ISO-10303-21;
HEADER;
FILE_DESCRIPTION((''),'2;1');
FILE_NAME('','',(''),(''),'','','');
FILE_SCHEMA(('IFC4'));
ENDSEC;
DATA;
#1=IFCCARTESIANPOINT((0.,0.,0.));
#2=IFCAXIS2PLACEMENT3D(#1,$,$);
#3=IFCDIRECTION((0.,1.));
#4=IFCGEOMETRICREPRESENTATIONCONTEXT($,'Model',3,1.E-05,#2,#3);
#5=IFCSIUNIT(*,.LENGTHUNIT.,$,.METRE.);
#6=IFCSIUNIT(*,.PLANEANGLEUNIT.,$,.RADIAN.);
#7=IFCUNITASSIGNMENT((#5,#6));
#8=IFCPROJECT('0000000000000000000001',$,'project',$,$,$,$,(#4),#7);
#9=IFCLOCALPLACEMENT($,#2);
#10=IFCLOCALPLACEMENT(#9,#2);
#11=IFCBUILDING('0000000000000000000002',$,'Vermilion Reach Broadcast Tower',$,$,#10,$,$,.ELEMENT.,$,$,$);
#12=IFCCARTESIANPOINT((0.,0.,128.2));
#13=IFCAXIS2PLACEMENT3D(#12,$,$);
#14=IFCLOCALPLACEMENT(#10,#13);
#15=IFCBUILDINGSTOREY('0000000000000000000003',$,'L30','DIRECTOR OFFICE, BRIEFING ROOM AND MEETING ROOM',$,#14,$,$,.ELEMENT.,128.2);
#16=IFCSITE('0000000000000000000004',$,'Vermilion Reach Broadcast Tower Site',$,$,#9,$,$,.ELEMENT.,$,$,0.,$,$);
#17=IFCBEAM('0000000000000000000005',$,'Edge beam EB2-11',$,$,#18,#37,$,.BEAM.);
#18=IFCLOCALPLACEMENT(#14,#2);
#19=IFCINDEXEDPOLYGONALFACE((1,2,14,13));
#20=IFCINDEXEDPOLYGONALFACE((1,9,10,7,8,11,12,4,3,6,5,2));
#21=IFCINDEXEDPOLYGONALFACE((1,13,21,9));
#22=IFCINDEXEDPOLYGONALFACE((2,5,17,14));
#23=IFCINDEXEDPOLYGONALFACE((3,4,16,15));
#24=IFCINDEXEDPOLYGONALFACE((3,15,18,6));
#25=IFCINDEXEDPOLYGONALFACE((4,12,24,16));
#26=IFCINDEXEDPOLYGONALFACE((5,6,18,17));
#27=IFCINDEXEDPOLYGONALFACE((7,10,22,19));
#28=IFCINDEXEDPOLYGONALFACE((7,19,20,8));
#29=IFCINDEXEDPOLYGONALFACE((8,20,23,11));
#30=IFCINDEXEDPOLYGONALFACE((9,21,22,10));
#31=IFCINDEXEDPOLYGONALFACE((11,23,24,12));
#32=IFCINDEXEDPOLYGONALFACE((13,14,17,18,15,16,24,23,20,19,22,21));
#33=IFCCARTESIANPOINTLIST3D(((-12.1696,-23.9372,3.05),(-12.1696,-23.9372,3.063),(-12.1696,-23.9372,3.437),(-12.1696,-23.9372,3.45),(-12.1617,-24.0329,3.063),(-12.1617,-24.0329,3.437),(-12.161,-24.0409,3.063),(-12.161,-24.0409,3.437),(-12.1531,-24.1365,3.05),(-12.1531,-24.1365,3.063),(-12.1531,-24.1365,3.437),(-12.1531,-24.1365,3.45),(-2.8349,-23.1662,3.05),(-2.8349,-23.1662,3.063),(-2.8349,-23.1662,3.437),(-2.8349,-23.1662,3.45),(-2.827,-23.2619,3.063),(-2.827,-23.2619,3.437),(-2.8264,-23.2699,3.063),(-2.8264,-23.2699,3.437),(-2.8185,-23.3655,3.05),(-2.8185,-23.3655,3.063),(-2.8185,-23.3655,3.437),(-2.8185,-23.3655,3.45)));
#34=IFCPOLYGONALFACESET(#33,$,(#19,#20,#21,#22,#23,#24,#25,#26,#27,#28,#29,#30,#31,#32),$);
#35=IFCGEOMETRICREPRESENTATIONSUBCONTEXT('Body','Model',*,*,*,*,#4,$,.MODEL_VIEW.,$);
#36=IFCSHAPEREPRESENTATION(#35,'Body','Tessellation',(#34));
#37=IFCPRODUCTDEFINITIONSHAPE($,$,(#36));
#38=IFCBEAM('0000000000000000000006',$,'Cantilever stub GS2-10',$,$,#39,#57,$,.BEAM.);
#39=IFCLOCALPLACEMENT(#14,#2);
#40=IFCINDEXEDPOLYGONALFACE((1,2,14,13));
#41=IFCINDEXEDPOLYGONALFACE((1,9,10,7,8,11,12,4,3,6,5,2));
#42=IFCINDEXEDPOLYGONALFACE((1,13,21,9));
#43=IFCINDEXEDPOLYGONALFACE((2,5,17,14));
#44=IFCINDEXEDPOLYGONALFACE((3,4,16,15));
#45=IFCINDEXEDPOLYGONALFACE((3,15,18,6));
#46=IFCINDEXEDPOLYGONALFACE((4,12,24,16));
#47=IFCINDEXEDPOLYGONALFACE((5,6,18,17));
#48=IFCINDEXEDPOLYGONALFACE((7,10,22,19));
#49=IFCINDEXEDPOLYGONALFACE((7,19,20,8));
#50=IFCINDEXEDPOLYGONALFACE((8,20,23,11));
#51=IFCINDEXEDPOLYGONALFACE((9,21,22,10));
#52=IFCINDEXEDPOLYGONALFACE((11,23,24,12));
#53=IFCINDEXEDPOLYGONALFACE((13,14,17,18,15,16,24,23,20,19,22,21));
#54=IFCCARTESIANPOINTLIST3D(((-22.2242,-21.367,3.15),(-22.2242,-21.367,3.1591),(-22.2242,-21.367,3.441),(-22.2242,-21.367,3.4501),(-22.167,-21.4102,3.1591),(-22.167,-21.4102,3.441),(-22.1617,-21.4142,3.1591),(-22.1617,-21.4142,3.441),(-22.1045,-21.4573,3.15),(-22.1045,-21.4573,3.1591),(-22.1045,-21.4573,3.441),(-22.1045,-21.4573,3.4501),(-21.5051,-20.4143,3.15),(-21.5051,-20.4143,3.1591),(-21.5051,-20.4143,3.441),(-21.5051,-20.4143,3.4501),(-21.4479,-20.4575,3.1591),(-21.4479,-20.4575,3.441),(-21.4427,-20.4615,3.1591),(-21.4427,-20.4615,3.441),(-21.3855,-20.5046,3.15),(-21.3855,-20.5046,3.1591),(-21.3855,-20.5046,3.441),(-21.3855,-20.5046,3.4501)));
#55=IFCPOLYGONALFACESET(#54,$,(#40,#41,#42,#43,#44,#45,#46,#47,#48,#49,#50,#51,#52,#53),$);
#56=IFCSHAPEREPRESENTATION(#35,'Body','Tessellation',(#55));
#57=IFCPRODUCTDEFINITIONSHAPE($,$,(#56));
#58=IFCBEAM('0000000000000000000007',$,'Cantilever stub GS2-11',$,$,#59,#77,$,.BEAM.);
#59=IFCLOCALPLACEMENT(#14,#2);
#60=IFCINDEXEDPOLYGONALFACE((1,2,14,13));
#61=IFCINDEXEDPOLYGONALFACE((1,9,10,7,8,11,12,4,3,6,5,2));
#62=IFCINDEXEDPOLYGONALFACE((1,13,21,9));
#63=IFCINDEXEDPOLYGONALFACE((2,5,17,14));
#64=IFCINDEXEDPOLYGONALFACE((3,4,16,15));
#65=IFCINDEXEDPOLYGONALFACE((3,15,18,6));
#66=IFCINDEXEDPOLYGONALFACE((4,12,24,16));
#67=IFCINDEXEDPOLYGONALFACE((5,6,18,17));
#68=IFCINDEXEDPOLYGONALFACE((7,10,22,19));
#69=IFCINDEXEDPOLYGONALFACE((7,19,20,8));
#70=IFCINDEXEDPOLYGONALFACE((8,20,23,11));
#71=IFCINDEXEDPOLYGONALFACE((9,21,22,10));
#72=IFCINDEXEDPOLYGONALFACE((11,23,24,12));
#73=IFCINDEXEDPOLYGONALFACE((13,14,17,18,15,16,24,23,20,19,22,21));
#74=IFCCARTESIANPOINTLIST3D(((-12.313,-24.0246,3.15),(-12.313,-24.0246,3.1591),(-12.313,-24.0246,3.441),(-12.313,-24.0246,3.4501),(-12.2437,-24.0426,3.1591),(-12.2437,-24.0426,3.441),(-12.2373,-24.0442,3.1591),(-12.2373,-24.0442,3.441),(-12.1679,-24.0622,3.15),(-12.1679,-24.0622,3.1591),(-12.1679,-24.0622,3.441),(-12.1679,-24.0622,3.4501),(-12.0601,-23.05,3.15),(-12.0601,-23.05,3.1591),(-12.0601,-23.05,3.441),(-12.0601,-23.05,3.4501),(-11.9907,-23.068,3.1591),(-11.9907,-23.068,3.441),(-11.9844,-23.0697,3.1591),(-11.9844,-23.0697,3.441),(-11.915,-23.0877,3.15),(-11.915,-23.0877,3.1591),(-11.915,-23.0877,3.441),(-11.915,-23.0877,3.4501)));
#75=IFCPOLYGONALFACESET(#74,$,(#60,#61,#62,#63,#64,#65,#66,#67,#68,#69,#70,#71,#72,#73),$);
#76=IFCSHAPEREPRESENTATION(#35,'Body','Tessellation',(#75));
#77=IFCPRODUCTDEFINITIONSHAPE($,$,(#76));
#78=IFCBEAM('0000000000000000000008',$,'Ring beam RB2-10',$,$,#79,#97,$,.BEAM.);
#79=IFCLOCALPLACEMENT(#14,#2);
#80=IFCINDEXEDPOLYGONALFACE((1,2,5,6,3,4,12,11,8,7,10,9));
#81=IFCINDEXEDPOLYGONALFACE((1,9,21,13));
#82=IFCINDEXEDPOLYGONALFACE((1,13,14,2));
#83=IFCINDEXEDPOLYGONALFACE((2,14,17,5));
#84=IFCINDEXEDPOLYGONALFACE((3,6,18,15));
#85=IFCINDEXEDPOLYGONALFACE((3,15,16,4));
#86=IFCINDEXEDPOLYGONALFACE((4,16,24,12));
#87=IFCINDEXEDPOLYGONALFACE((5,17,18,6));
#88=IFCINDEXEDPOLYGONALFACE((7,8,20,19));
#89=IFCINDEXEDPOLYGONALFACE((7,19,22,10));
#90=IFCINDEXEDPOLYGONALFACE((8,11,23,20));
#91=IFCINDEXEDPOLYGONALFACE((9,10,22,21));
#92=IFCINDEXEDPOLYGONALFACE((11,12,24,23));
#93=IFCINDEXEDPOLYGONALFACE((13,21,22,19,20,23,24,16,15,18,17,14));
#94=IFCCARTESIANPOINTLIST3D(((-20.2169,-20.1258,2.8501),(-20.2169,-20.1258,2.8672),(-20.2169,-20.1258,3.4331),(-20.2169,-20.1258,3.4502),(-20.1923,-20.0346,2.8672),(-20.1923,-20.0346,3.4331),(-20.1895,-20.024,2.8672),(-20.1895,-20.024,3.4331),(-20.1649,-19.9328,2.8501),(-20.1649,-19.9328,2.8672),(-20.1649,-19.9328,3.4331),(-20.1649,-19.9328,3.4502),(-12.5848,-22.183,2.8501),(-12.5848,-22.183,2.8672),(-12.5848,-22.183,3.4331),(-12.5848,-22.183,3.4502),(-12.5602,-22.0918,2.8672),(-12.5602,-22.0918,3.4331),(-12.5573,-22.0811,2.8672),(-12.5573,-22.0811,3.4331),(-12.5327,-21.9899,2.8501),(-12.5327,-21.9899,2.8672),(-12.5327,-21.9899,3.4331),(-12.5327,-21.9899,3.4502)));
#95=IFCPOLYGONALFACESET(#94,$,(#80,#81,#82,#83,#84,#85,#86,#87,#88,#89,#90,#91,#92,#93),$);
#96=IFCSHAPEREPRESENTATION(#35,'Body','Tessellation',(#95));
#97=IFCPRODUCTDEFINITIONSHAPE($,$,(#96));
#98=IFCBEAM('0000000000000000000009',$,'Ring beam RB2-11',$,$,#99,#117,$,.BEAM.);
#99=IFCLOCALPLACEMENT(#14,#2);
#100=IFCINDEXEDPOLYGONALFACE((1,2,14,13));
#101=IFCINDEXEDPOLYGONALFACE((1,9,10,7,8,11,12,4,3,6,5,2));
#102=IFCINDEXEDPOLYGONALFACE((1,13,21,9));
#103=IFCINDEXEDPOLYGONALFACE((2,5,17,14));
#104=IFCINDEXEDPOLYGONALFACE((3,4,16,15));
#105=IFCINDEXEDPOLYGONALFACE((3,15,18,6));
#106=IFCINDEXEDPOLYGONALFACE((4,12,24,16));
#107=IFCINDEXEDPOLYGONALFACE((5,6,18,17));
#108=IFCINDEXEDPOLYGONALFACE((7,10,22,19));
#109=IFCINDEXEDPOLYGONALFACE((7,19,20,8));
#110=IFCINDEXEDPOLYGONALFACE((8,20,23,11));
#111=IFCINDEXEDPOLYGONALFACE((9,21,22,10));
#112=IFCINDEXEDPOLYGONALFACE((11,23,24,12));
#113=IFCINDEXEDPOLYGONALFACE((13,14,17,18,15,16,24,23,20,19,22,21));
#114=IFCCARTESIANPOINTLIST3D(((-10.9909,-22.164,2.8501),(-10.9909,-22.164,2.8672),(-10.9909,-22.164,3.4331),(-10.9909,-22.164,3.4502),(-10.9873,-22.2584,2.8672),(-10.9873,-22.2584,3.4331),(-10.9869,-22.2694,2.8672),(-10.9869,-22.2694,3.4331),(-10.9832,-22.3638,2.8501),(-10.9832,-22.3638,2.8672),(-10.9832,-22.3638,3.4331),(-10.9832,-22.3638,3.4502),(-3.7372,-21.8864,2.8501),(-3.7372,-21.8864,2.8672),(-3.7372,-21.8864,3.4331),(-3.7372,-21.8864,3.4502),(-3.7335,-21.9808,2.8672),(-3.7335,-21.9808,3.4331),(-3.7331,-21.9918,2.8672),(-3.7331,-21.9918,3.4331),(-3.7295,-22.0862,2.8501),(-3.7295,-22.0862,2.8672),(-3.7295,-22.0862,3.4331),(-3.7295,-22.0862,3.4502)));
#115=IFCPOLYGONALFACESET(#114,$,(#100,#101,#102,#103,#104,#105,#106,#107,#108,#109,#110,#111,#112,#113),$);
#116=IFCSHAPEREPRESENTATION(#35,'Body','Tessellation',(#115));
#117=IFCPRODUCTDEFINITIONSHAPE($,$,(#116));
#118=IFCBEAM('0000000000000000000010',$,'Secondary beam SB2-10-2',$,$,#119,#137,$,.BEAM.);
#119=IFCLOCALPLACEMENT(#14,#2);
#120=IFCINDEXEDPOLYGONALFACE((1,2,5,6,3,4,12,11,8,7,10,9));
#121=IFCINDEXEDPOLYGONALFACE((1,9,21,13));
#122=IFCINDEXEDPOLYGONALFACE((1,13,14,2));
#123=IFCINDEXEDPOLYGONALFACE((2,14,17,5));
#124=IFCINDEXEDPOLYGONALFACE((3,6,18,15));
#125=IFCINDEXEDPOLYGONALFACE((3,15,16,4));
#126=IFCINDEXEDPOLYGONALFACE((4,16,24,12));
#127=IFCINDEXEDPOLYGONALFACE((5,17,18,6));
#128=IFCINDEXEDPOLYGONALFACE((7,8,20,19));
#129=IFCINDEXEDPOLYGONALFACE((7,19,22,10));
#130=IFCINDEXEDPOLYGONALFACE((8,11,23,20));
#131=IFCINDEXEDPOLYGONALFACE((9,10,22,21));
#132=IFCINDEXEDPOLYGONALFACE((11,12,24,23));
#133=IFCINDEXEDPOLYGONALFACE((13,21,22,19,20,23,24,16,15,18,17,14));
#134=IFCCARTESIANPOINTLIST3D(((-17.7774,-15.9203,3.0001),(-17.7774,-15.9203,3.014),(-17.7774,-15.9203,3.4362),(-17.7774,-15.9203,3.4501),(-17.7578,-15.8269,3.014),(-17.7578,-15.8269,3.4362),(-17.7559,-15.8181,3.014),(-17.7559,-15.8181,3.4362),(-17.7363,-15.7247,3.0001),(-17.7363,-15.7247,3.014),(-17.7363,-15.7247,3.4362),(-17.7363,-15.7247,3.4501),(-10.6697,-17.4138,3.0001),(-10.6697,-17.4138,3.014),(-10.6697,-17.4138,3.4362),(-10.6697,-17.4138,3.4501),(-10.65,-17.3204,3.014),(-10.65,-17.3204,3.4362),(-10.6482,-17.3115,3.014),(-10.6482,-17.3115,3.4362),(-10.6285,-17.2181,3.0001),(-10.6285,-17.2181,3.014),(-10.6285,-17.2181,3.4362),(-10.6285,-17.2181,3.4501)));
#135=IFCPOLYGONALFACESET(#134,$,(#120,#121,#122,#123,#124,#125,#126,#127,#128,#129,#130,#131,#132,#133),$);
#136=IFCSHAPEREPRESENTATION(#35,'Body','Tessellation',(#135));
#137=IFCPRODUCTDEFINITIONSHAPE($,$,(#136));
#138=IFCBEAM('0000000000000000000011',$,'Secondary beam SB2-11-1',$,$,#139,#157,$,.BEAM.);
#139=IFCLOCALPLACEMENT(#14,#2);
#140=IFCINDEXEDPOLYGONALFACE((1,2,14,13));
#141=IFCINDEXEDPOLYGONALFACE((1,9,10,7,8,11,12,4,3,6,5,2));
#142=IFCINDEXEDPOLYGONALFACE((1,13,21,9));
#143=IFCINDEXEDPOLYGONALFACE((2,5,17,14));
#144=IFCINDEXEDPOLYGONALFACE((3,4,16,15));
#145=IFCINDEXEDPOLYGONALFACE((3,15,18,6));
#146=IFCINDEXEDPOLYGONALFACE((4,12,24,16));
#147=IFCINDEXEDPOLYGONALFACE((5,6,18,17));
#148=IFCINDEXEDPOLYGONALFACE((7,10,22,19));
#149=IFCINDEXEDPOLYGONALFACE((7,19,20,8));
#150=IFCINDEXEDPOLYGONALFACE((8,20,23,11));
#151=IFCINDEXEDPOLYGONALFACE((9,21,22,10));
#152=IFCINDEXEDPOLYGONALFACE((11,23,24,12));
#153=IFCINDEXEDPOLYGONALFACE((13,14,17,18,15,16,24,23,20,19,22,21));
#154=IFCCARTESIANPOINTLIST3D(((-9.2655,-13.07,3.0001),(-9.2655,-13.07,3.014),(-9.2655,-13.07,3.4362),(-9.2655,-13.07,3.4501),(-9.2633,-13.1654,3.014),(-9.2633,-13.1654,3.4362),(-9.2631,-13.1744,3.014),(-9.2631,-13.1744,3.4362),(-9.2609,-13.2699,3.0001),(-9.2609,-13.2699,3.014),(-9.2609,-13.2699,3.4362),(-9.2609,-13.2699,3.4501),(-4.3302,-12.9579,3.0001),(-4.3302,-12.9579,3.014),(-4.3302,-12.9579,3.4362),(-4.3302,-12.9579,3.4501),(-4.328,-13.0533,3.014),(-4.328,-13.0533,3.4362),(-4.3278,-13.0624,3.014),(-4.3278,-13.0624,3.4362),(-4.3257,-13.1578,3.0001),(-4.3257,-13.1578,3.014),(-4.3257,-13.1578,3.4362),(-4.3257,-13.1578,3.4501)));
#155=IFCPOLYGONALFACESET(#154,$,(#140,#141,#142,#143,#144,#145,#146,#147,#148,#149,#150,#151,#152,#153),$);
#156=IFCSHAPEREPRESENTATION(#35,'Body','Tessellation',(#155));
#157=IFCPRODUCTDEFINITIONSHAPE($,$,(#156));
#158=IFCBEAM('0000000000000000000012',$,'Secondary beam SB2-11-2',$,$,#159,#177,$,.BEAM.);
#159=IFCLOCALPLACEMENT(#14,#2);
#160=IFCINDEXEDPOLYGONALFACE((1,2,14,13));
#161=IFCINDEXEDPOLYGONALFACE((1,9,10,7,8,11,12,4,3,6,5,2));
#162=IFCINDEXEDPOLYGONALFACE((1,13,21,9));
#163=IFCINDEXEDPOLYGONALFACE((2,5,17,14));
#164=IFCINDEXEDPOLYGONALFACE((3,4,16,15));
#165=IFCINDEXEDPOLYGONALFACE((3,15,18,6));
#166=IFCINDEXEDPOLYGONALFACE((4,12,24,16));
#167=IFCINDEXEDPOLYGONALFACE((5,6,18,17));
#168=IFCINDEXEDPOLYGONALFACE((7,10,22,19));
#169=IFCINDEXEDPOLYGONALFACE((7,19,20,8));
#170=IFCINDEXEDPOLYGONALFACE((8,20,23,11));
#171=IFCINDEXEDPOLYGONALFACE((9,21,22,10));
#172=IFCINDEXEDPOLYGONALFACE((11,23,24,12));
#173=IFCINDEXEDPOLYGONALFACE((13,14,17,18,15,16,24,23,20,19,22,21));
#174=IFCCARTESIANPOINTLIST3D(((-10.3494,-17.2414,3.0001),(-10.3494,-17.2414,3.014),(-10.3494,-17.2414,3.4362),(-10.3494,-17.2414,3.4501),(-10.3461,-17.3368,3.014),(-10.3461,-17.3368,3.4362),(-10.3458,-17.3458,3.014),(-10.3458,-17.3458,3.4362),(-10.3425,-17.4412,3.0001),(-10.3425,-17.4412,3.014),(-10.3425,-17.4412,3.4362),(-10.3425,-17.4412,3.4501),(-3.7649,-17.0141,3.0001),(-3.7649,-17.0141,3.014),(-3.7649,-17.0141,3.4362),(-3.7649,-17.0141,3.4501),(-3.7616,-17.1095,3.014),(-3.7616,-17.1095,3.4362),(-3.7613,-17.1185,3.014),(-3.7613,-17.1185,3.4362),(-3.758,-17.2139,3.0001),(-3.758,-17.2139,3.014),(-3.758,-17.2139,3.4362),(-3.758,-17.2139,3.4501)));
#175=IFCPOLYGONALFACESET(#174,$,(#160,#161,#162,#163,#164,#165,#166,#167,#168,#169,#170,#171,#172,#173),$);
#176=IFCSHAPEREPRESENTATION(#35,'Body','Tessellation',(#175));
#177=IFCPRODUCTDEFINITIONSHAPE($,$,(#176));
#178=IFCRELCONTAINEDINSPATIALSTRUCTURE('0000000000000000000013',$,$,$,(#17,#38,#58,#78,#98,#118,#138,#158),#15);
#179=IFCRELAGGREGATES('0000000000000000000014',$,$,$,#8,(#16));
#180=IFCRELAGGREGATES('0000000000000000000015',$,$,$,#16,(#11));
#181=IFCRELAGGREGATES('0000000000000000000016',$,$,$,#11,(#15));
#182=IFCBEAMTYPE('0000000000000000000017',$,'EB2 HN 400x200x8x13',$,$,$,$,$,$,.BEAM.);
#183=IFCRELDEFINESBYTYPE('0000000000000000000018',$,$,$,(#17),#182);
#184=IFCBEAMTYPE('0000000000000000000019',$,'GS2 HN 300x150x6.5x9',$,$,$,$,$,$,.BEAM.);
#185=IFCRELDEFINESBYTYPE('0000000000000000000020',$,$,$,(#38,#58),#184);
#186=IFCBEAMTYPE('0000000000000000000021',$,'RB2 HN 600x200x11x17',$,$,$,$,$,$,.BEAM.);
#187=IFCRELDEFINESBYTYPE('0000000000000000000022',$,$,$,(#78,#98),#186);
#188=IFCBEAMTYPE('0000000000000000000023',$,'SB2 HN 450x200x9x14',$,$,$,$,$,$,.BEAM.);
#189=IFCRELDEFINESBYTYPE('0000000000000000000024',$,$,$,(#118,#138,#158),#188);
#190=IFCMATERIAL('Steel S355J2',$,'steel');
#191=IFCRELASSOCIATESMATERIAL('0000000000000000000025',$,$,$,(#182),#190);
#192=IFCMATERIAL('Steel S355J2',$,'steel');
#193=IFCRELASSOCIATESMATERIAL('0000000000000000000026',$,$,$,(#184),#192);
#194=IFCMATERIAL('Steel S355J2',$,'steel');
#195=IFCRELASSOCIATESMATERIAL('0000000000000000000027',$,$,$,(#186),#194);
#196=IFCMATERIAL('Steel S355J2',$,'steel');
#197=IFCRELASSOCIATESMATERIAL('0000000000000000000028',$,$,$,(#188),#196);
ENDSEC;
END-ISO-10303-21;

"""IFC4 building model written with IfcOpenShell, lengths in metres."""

from ifc_helpers import new_model, si_unit, direction, frame, origin, origin_2d, place, context, subcontext, project, spatial, i_section, extrude, material, material_profile, profile_set, type_object, element, save


model = new_model("IFC4")

# Units and contexts
model_context = context("Model", 3, precision=1e-05, world=origin(), true_north=direction((0.0, 1.0)))
body_context = subcontext(model_context, "Body", "Model", "MODEL_VIEW")
ifc_project = project(units=[si_unit("LENGTHUNIT", "METRE"), si_unit("PLANEANGLEUNIT", "RADIAN")], contexts=[model_context])

# Site, building, storey
site_placement = place(None, origin())
site = spatial("IfcSite", under=ifc_project, at=site_placement, Name="Vermilion Reach Broadcast Tower Site", CompositionType="ELEMENT", RefElevation=0.0)
building_placement = place(site_placement, origin())
building = spatial("IfcBuilding", under=site, at=building_placement, Name="Vermilion Reach Broadcast Tower", CompositionType="ELEMENT")
storey_placement = place(building_placement, frame((0.0, 0.0, 128.2)))
storey = spatial("IfcBuildingStorey", under=building, at=storey_placement, Name="L30", Description="DIRECTOR OFFICE, BRIEFING ROOM AND MEETING ROOM", CompositionType="ELEMENT", Elevation=128.2)

# Beams
ifc_material_1 = material(Name="Steel S355J2", Category="steel")
ifc_material_profile_1 = material_profile(ifc_material_1, i_section(OverallWidth=0.2, OverallDepth=0.3999, WebThickness=0.0081, FlangeThickness=0.0129, at=origin_2d()), Name="S355J2 HN 400x200x8x13")
ifc_profile_set_1 = profile_set([ifc_material_profile_1], Name="Steel S355J2")
beam_type_1 = type_object("IfcBeamType", Name="EB2 HN 400x200x8x13", PredefinedType="BEAM", material=ifc_profile_set_1)
beam_1_placement = place(storey_placement, frame((-12.1614, -24.0369, 3.25), z_axis=(0.996606, 0.082314, 0.0), x_axis=(-0.082314, 0.996606, 0.0)))
element("IfcBeam", 1, at=beam_1_placement, inside=storey, type_object=beam_type_1, Name="Edge beam EB2-11", PredefinedType="BEAM", context=body_context, shape_type="SweptSolid", body=[
    extrude(i_section(OverallWidth=0.2, OverallDepth=0.3999, WebThickness=0.0081, FlangeThickness=0.0129, at=origin_2d()), origin(), (0.0, 0.0, 1.0), 9.3665),
])
ifc_material_2 = material(Name="Steel S355J2", Category="steel")
ifc_material_profile_2 = material_profile(ifc_material_2, i_section(OverallWidth=0.1499, OverallDepth=0.3, WebThickness=0.0066, FlangeThickness=0.009, at=origin_2d()), Name="S355J2 HN 300x150x6.5x9")
ifc_profile_set_2 = profile_set([ifc_material_profile_2], Name="Steel S355J2")
beam_type_2 = type_object("IfcBeamType", Name="GS2 HN 300x150x6.5x9", PredefinedType="BEAM", material=ifc_profile_set_2)
beam_2_placement = place(storey_placement, frame((-21.4453, -20.4595, 3.3), z_axis=(-0.602419, -0.79818, 0.0), x_axis=(0.79818, -0.602419, 0.0)))
element("IfcBeam", 2, at=beam_2_placement, inside=storey, type_object=beam_type_2, Name="Cantilever stub GS2-10", PredefinedType="BEAM", context=body_context, shape_type="SweptSolid", body=[
    extrude(i_section(OverallWidth=0.1499, OverallDepth=0.3, WebThickness=0.0066, FlangeThickness=0.009, at=origin_2d()), origin(), (0.0, 0.0, 1.0), 1.1936),
])
beam_3_placement = place(storey_placement, frame((-11.9875, -23.0688, 3.3), z_axis=(-0.251198, -0.967936, 0.0), x_axis=(0.967936, -0.251198, 0.0)))
element("IfcBeam", 3, at=beam_3_placement, inside=storey, type_object=beam_type_2, Name="Cantilever stub GS2-11", PredefinedType="BEAM", context=body_context, shape_type="SweptSolid", body=[
    extrude(i_section(OverallWidth=0.1499, OverallDepth=0.3, WebThickness=0.0066, FlangeThickness=0.009, at=origin_2d()), origin(), (0.0, 0.0, 1.0), 1.0068),
])
ifc_material_3 = material(Name="Steel S355J2", Category="steel")
ifc_material_profile_3 = material_profile(ifc_material_3, i_section(OverallWidth=0.2, OverallDepth=0.6001, WebThickness=0.011, FlangeThickness=0.0171, at=origin_2d()), Name="S355J2 HN 600x200x11x17")
ifc_profile_set_3 = profile_set([ifc_material_profile_3], Name="Steel S355J2")
beam_type_3 = type_object("IfcBeamType", Name="RB2 HN 600x200x11x17", PredefinedType="BEAM", material=ifc_profile_set_3)
beam_4_placement = place(storey_placement, frame((-20.1909, -20.0293, 3.1501), z_axis=(0.965541, -0.260249, 0.0), x_axis=(0.260249, 0.965541, 0.0)))
element("IfcBeam", 4, at=beam_4_placement, inside=storey, type_object=beam_type_3, Name="Ring beam RB2-10", PredefinedType="BEAM", context=body_context, shape_type="SweptSolid", body=[
    extrude(i_section(OverallWidth=0.2, OverallDepth=0.6001, WebThickness=0.011, FlangeThickness=0.0171, at=origin_2d()), origin(), (0.0, 0.0, 1.0), 7.9045),
])
beam_5_placement = place(storey_placement, frame((-10.9871, -22.2639, 3.1501), z_axis=(0.999269, 0.038241, 0.0), x_axis=(-0.038241, 0.999269, 0.0)))
element("IfcBeam", 5, at=beam_5_placement, inside=storey, type_object=beam_type_3, Name="Ring beam RB2-11", PredefinedType="BEAM", context=body_context, shape_type="SweptSolid", body=[
    extrude(i_section(OverallWidth=0.2, OverallDepth=0.6001, WebThickness=0.011, FlangeThickness=0.0171, at=origin_2d()), origin(), (0.0, 0.0, 1.0), 7.259),
])
ifc_material_4 = material(Name="Steel S355J2", Category="steel")
ifc_material_profile_4 = material_profile(ifc_material_4, i_section(OverallWidth=0.2, OverallDepth=0.45, WebThickness=0.009, FlangeThickness=0.0139, at=origin_2d()), Name="S355J2 HN 450x200x9x14")
ifc_profile_set_4 = profile_set([ifc_material_profile_4], Name="Steel S355J2")
beam_type_4 = type_object("IfcBeamType", Name="SB2 HN 450x200x9x14", PredefinedType="BEAM", material=ifc_profile_set_4)
beam_6_placement = place(storey_placement, frame((-17.7568, -15.8225, 3.2251), z_axis=(0.978631, -0.205623, 0.0), x_axis=(0.205623, 0.978631, 0.0)))
element("IfcBeam", 6, at=beam_6_placement, inside=storey, type_object=beam_type_4, Name="Secondary beam SB2-10-2", PredefinedType="BEAM", context=body_context, shape_type="SweptSolid", body=[
    extrude(i_section(OverallWidth=0.2, OverallDepth=0.45, WebThickness=0.009, FlangeThickness=0.0139, at=origin_2d()), origin(), (0.0, 0.0, 1.0), 7.2629),
])
beam_7_placement = place(storey_placement, frame((-9.2632, -13.1699, 3.2251), z_axis=(0.999742, 0.0227, 0.0), x_axis=(-0.0227, 0.999742, 0.0)))
element("IfcBeam", 7, at=beam_7_placement, inside=storey, type_object=beam_type_4, Name="Secondary beam SB2-11-1", PredefinedType="BEAM", context=body_context, shape_type="SweptSolid", body=[
    extrude(i_section(OverallWidth=0.2, OverallDepth=0.45, WebThickness=0.009, FlangeThickness=0.0139, at=origin_2d()), origin(), (0.0, 0.0, 1.0), 4.9365),
])
beam_8_placement = place(storey_placement, frame((-10.3459, -17.3413, 3.2251), z_axis=(0.999405, 0.034499, 0.0), x_axis=(-0.034499, 0.999405, 0.0)))
element("IfcBeam", 8, at=beam_8_placement, inside=storey, type_object=beam_type_4, Name="Secondary beam SB2-11-2", PredefinedType="BEAM", context=body_context, shape_type="SweptSolid", body=[
    extrude(i_section(OverallWidth=0.2, OverallDepth=0.45, WebThickness=0.009, FlangeThickness=0.0139, at=origin_2d()), origin(), (0.0, 0.0, 1.0), 6.5884),
])

save(model, "model.ifc")
